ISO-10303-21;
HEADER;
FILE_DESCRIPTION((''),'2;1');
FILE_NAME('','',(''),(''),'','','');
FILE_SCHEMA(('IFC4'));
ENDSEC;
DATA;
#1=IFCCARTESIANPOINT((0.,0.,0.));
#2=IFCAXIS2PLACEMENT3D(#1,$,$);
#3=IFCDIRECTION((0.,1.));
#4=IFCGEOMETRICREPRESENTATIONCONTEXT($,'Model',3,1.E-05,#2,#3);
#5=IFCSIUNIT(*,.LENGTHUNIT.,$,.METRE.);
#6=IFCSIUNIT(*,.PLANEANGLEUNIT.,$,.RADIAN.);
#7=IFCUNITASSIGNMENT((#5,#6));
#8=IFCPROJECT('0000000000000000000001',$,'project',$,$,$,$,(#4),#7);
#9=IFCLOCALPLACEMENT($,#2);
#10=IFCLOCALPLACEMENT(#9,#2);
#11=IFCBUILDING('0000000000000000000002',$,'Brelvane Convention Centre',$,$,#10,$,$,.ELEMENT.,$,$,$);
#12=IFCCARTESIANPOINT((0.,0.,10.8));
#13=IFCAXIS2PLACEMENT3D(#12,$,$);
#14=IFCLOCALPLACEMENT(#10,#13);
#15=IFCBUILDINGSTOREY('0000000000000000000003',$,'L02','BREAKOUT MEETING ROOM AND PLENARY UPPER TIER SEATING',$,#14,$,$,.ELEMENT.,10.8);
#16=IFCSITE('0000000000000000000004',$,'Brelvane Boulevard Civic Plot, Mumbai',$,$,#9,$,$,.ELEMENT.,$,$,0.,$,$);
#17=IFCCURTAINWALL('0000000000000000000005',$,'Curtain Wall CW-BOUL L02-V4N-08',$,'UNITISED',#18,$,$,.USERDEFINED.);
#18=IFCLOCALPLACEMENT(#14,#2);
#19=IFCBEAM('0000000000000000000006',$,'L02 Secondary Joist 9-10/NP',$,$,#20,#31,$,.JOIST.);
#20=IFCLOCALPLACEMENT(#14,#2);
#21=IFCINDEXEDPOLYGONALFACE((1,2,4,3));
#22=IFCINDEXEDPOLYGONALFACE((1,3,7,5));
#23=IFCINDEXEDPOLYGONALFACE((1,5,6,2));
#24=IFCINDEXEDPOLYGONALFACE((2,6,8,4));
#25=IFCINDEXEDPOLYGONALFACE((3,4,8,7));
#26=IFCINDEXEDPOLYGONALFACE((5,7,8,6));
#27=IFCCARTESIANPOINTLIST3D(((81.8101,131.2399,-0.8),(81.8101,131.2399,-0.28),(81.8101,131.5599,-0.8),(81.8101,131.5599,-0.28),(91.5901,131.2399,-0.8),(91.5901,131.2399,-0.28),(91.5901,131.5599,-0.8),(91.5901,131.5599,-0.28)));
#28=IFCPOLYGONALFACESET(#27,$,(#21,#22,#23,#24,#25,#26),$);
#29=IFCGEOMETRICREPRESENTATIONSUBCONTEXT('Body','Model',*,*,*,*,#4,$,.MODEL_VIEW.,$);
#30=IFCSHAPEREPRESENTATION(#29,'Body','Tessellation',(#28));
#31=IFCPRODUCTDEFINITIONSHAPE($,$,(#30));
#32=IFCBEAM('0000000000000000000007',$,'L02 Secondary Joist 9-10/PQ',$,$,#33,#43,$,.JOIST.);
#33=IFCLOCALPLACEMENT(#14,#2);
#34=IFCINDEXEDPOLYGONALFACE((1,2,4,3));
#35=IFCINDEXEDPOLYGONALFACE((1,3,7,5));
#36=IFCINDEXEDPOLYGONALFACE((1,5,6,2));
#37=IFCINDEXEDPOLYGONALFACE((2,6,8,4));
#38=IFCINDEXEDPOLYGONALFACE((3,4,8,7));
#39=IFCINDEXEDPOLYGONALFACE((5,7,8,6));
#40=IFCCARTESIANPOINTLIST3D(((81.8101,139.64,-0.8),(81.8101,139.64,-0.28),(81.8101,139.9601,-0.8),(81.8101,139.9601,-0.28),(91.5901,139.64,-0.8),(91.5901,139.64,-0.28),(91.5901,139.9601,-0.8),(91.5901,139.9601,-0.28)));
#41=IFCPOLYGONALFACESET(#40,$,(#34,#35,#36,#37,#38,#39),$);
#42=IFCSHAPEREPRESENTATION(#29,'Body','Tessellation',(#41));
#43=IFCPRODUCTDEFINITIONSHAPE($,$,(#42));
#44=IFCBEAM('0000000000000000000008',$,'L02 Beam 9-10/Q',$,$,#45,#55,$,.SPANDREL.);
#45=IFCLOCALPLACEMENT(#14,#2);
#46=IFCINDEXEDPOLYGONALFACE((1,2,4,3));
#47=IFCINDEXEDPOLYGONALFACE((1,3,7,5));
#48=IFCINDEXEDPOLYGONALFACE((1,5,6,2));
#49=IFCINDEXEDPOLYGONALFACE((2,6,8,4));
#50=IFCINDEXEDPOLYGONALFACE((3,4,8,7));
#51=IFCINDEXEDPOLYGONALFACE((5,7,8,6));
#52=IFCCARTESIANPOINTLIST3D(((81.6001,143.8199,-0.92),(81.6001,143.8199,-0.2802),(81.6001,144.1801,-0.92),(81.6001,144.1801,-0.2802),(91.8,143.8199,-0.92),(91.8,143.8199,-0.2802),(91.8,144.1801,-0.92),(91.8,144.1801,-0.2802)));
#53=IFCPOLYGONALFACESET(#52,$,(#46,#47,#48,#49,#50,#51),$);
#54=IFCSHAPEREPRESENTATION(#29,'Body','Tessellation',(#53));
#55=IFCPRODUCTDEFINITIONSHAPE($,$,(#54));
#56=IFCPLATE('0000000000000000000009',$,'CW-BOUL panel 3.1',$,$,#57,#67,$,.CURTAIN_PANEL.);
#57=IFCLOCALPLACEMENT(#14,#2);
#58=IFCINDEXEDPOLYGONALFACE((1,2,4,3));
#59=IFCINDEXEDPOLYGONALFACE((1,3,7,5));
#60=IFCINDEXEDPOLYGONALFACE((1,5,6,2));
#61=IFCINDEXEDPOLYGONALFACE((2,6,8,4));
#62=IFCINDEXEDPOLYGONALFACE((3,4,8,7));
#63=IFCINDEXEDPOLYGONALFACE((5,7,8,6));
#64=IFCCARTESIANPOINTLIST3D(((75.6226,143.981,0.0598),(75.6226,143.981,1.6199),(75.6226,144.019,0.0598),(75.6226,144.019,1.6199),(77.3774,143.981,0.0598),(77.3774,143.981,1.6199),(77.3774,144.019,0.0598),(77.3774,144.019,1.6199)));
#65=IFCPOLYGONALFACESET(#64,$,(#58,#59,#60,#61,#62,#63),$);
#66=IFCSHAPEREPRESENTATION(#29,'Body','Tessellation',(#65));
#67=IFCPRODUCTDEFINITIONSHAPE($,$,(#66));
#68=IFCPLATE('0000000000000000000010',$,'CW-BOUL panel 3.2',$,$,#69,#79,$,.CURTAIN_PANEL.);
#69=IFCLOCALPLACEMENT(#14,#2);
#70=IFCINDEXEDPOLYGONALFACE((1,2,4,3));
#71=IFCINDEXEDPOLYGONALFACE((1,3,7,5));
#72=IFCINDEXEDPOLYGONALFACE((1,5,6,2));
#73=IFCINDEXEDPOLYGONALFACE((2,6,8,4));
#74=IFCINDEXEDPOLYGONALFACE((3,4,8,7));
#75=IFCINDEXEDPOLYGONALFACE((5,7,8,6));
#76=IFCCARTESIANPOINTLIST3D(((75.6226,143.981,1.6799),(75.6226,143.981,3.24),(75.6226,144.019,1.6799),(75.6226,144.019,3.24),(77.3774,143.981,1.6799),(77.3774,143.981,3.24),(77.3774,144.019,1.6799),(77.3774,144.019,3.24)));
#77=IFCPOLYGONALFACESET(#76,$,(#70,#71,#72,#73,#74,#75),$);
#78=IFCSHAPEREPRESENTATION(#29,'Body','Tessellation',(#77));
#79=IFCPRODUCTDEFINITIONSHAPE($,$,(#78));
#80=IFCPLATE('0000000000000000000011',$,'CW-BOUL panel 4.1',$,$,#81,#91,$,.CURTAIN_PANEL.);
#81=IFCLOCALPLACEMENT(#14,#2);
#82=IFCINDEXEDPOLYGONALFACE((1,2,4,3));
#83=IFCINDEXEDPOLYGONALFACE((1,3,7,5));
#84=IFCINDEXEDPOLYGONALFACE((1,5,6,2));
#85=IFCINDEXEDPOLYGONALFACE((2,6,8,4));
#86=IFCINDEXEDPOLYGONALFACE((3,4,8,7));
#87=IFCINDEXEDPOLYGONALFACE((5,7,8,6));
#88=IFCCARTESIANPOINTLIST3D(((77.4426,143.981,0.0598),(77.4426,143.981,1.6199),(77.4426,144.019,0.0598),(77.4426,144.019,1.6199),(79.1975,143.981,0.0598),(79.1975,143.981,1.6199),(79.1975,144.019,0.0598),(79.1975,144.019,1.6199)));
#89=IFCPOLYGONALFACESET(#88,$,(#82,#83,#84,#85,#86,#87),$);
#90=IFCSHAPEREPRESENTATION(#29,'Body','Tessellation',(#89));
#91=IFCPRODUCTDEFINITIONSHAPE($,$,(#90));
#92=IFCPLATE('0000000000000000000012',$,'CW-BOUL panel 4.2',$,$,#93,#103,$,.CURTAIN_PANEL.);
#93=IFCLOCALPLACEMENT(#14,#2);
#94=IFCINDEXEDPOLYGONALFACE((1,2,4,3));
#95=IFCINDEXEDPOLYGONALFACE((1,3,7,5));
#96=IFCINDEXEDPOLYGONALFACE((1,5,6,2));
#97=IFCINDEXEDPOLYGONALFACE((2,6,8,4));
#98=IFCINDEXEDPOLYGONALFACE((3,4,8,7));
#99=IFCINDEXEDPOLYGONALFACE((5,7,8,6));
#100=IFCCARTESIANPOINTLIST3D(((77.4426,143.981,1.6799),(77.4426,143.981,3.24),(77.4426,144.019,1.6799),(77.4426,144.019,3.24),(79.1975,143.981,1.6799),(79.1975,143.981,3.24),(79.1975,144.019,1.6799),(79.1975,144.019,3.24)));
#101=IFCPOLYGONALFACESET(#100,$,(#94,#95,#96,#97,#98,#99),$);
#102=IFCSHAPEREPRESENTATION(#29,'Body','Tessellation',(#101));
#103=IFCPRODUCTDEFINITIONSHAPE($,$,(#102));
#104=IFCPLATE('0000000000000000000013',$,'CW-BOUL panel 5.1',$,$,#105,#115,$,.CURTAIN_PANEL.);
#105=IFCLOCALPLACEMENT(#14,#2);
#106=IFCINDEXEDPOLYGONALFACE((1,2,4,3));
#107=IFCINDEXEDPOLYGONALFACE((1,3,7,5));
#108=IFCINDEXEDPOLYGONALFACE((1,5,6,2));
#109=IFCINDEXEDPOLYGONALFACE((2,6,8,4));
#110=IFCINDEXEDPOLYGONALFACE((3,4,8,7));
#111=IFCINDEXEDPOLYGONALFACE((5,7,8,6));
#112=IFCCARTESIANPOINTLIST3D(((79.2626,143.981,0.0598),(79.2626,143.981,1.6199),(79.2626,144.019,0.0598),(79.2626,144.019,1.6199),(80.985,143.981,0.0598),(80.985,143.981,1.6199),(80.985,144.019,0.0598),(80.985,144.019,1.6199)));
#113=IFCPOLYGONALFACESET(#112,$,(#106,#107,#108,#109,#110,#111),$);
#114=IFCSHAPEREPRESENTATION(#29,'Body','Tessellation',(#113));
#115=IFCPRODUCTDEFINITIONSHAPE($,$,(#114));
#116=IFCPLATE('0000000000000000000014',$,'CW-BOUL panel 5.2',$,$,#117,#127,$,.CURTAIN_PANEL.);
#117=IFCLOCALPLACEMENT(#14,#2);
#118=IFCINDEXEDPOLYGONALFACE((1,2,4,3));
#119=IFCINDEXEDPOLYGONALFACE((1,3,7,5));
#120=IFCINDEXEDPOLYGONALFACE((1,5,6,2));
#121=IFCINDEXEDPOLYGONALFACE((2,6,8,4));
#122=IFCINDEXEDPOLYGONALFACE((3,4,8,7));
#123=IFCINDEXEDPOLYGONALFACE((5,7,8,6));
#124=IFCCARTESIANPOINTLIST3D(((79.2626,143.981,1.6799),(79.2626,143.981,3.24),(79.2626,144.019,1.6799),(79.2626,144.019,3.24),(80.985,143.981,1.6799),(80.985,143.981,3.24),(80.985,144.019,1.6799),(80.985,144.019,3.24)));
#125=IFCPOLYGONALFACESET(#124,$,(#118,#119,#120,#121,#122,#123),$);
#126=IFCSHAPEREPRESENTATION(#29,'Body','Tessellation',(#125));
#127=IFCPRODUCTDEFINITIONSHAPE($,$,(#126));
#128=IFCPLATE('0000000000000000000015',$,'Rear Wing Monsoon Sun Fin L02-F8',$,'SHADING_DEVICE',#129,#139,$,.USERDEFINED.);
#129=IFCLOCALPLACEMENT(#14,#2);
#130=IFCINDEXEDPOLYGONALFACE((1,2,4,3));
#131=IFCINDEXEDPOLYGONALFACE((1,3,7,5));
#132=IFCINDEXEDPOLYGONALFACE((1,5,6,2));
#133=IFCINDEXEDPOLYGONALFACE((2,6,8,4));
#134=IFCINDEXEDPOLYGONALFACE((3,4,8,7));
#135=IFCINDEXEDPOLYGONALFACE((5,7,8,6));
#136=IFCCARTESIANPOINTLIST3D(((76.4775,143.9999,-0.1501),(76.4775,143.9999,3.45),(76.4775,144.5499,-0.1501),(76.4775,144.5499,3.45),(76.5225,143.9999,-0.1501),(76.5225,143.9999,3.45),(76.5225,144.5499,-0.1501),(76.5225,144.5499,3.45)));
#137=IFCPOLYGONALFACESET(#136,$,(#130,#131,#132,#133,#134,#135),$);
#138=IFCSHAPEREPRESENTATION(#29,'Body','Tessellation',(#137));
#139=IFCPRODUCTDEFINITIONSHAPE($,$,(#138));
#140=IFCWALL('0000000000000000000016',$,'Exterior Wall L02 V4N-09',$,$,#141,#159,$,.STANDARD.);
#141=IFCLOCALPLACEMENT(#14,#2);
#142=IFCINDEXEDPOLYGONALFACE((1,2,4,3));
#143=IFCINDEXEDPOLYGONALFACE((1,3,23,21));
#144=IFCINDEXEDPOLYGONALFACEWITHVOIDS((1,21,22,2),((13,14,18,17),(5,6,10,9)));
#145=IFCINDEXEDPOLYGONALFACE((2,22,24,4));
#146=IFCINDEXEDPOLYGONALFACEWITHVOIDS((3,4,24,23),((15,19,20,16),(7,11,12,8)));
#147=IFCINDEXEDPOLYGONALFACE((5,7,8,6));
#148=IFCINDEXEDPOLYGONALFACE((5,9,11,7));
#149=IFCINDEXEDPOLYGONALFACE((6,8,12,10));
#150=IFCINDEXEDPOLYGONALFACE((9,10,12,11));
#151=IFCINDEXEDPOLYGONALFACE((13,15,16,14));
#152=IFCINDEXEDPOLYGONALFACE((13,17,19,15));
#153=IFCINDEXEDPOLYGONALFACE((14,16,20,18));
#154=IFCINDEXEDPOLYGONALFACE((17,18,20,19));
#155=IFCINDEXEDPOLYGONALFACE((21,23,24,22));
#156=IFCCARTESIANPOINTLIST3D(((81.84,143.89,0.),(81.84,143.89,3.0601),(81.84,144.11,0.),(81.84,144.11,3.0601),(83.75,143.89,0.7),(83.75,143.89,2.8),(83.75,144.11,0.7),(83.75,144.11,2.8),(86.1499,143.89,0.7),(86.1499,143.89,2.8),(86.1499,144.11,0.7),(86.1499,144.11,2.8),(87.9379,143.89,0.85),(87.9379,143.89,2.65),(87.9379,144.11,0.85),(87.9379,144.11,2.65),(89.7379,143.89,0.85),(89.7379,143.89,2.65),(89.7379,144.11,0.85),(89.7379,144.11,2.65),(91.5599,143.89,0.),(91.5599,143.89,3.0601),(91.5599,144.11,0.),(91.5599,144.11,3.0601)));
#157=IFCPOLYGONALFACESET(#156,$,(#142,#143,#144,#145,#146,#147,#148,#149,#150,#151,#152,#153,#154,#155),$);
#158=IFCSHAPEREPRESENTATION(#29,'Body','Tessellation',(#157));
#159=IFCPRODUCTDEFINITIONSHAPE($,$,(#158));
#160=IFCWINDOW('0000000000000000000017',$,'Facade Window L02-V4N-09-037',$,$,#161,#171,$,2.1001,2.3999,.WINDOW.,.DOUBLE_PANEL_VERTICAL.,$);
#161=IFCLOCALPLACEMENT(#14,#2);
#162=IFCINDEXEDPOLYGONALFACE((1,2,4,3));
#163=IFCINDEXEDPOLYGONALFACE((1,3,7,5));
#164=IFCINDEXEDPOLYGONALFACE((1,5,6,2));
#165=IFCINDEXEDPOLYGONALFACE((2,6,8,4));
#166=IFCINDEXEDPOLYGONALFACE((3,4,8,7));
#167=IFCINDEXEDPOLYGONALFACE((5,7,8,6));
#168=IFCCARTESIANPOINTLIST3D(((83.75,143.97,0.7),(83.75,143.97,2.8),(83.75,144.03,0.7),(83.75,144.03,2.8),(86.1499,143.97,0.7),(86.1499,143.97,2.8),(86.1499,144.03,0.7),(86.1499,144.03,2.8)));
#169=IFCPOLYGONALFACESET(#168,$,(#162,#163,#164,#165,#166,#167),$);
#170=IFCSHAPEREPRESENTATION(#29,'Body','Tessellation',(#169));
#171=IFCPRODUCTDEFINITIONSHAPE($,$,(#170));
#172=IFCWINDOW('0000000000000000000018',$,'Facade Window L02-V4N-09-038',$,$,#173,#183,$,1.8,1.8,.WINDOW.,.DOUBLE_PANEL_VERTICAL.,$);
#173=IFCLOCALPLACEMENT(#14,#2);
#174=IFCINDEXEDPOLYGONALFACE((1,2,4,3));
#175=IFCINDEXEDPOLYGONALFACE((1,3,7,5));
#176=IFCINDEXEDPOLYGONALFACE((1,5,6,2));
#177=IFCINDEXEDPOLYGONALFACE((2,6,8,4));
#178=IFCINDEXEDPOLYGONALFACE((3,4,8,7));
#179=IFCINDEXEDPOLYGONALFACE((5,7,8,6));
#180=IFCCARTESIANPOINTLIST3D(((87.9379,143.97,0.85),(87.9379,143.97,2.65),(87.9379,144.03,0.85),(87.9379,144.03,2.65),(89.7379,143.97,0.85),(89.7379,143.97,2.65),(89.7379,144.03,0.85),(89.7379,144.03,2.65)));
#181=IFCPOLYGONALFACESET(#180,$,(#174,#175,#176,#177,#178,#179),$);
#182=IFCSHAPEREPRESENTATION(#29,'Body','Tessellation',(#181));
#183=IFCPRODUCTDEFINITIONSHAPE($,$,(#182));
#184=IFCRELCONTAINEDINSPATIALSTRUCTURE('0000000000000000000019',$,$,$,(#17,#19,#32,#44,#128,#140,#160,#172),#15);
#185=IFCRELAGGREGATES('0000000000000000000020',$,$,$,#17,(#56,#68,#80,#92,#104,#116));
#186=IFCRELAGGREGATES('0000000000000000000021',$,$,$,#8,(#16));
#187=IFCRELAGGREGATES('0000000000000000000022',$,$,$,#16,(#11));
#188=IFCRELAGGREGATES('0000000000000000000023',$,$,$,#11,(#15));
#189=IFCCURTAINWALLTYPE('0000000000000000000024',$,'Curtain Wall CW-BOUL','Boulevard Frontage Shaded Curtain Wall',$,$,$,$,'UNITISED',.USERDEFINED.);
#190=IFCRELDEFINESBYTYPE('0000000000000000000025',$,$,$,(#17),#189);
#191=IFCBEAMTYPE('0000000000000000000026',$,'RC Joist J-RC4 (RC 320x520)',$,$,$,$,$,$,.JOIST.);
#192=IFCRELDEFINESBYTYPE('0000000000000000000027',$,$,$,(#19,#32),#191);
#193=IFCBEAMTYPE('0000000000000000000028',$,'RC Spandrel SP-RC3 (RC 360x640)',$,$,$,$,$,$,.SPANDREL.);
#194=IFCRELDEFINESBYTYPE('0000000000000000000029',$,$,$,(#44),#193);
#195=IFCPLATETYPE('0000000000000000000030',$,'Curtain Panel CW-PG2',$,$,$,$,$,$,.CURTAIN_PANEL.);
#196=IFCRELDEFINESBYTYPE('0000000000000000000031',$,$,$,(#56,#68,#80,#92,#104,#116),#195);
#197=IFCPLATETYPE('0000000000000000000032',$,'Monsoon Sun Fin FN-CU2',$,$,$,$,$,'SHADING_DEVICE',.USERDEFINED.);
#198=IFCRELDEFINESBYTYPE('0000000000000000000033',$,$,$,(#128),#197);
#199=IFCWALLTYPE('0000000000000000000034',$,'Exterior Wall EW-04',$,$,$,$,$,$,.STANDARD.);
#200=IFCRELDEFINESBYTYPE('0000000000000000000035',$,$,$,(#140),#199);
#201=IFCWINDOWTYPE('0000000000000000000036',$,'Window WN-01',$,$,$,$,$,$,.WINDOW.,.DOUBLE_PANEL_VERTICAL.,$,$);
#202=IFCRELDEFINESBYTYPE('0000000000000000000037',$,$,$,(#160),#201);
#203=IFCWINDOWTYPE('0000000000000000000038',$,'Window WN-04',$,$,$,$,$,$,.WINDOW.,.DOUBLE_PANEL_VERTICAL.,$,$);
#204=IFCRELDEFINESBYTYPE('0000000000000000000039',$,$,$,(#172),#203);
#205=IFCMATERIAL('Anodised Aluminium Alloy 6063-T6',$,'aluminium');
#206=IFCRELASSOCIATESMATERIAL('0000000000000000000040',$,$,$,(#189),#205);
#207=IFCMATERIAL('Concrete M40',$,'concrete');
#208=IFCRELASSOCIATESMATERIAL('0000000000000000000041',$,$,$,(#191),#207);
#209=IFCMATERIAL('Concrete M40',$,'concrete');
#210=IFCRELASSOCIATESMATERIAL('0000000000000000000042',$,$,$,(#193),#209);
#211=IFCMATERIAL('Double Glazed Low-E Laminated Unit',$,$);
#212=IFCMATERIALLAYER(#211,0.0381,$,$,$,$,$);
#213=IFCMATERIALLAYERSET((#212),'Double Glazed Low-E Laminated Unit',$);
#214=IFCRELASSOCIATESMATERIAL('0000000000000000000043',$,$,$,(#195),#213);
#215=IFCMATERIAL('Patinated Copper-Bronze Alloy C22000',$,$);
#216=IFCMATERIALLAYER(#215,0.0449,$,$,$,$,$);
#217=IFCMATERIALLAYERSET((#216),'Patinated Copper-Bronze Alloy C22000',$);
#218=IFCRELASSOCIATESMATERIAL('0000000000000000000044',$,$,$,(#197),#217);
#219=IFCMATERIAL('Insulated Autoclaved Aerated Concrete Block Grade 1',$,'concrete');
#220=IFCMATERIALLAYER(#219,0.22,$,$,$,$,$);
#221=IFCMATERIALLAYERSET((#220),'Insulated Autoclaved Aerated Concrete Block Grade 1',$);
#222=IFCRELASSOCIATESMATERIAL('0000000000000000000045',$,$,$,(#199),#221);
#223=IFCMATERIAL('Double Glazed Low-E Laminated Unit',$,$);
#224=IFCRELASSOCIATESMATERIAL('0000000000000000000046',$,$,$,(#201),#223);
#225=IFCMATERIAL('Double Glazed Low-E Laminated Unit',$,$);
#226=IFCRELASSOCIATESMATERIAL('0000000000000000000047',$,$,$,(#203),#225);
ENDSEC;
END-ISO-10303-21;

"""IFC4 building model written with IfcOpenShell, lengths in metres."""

from ifc_helpers import new_model, si_unit, direction, frame, frame_2d, origin, origin_2d, place, context, subcontext, project, spatial, rectangle, extrude, material, layer, layer_set, material_profile, profile_set, type_object, element, fill, aggregate, save


model = new_model("IFC4")

# Units and contexts
model_context = context("Model", 3, precision=1e-05, world=origin(), true_north=direction((0.0, 1.0)))
body_context = subcontext(model_context, "Body", "Model", "MODEL_VIEW")
ifc_project = project(units=[si_unit("LENGTHUNIT", "METRE"), si_unit("PLANEANGLEUNIT", "RADIAN")], contexts=[model_context])

# Site, building, storey
site_placement = place(None, origin())
site = spatial("IfcSite", under=ifc_project, at=site_placement, Name="Brelvane Boulevard Civic Plot, Mumbai", CompositionType="ELEMENT", RefElevation=0.0)
building_placement = place(site_placement, origin())
building = spatial("IfcBuilding", under=site, at=building_placement, Name="Brelvane Convention Centre", CompositionType="ELEMENT")
storey_placement = place(building_placement, frame((0.0, 0.0, 10.8)))
storey = spatial("IfcBuildingStorey", under=building, at=storey_placement, Name="L02", Description="BREAKOUT MEETING ROOM AND PLENARY UPPER TIER SEATING", CompositionType="ELEMENT", Elevation=10.8)

# Curtain wall
ifc_material_1 = material(Name="Anodised Aluminium Alloy 6063-T6", Category="aluminium")
curtain_wall_type = type_object("IfcCurtainWallType", Name="Curtain Wall CW-BOUL", Description="Boulevard Frontage Shaded Curtain Wall", ElementType="UNITISED", PredefinedType="USERDEFINED", material=ifc_material_1)
curtain_wall_placement = place(storey_placement, origin())
curtain_wall = element("IfcCurtainWall", 1, at=curtain_wall_placement, inside=storey, type_object=curtain_wall_type, Name="Curtain Wall CW-BOUL L02-V4N-08", ObjectType="UNITISED", PredefinedType="USERDEFINED")

# Beams
ifc_material_2 = material(Name="Concrete M40", Category="concrete")
ifc_material_profile_1 = material_profile(ifc_material_2, rectangle(XDim=0.3201, YDim=0.52, at=origin_2d()), Name="RC 320x520")
ifc_profile_set_1 = profile_set([ifc_material_profile_1], Name="Concrete M40")
beam_type_1 = type_object("IfcBeamType", Name="RC Joist J-RC4 (RC 320x520)", PredefinedType="JOIST", material=ifc_profile_set_1)
for number, where, z_axis, x_axis, name in (
    (2, (81.8101, 131.3999, -0.54), (1.0, 0.0, 0.0), (0.0, 1.0, 0.0), "L02 Secondary Joist 9-10/NP"),
    (3, (81.8101, 139.8, -0.54), (1.0, 0.0, 0.0), (0.0, 1.0, 0.0), "L02 Secondary Joist 9-10/PQ"),
):
    element("IfcBeam", number, at=place(storey_placement, frame(where, z_axis=z_axis, x_axis=x_axis)), inside=storey, type_object=beam_type_1, Name=name, PredefinedType="JOIST", context=body_context, shape_type="SweptSolid", body=[
        extrude(rectangle(XDim=0.3201, YDim=0.52, at=origin_2d()), origin(), (0.0, 0.0, 1.0), 9.78),
    ])
ifc_material_3 = material(Name="Concrete M40", Category="concrete")
ifc_material_profile_2 = material_profile(ifc_material_3, rectangle(XDim=0.3601, YDim=0.6399, at=origin_2d()), Name="RC 360x640")
ifc_profile_set_2 = profile_set([ifc_material_profile_2], Name="Concrete M40")
beam_type_2 = type_object("IfcBeamType", Name="RC Spandrel SP-RC3 (RC 360x640)", PredefinedType="SPANDREL", material=ifc_profile_set_2)
beam_1_placement = place(storey_placement, frame((81.6001, 144.0, -0.6001), z_axis=(1.0, 0.0, 0.0), x_axis=(0.0, 1.0, 0.0)))
element("IfcBeam", 4, at=beam_1_placement, inside=storey, type_object=beam_type_2, Name="L02 Beam 9-10/Q", PredefinedType="SPANDREL", context=body_context, shape_type="SweptSolid", body=[
    extrude(rectangle(XDim=0.3601, YDim=0.6399, at=origin_2d()), origin(), (0.0, 0.0, 1.0), 10.2),
])

# Plates
ifc_material_4 = material(Name="Double Glazed Low-E Laminated Unit")
ifc_layer_1 = layer(ifc_material_4, 0.0381)
ifc_layer_set_1 = layer_set([ifc_layer_1], Name="Double Glazed Low-E Laminated Unit")
plate_type_1 = type_object("IfcPlateType", Name="Curtain Panel CW-PG2", PredefinedType="CURTAIN_PANEL", material=ifc_layer_set_1)
plate_1_placement = place(storey_placement, frame((76.5, 144.0, 0.0598), z_axis=(0.0, 0.0, 1.0), x_axis=(1.0, 0.0, 0.0)))
plate_1 = element("IfcPlate", 5, at=plate_1_placement, type_object=plate_type_1, Name="CW-BOUL panel 3.1", PredefinedType="CURTAIN_PANEL", context=body_context, shape_type="SweptSolid", body=[
    extrude(rectangle(XDim=1.7549, YDim=0.0381, at=origin_2d()), origin(), (0.0, 0.0, 1.0), 1.5601),
])
plate_2_placement = place(storey_placement, frame((76.5, 144.0, 1.6799), z_axis=(0.0, 0.0, 1.0), x_axis=(1.0, 0.0, 0.0)))
plate_2 = element("IfcPlate", 6, at=plate_2_placement, type_object=plate_type_1, Name="CW-BOUL panel 3.2", PredefinedType="CURTAIN_PANEL", context=body_context, shape_type="SweptSolid", body=[
    extrude(rectangle(XDim=1.7549, YDim=0.0381, at=origin_2d()), origin(), (0.0, 0.0, 1.0), 1.5601),
])
plate_3_placement = place(storey_placement, frame((78.3201, 144.0, 0.0598), z_axis=(0.0, 0.0, 1.0), x_axis=(1.0, 0.0, 0.0)))
plate_3 = element("IfcPlate", 7, at=plate_3_placement, type_object=plate_type_1, Name="CW-BOUL panel 4.1", PredefinedType="CURTAIN_PANEL", context=body_context, shape_type="SweptSolid", body=[
    extrude(rectangle(XDim=1.7549, YDim=0.0381, at=origin_2d()), origin(), (0.0, 0.0, 1.0), 1.5601),
])
plate_4_placement = place(storey_placement, frame((78.3201, 144.0, 1.6799), z_axis=(0.0, 0.0, 1.0), x_axis=(1.0, 0.0, 0.0)))
plate_4 = element("IfcPlate", 8, at=plate_4_placement, type_object=plate_type_1, Name="CW-BOUL panel 4.2", PredefinedType="CURTAIN_PANEL", context=body_context, shape_type="SweptSolid", body=[
    extrude(rectangle(XDim=1.7549, YDim=0.0381, at=origin_2d()), origin(), (0.0, 0.0, 1.0), 1.5601),
])
plate_5_placement = place(storey_placement, frame((80.1238, 144.0, 0.0598), z_axis=(0.0, 0.0, 1.0), x_axis=(1.0, 0.0, 0.0)))
plate_5 = element("IfcPlate", 9, at=plate_5_placement, type_object=plate_type_1, Name="CW-BOUL panel 5.1", PredefinedType="CURTAIN_PANEL", context=body_context, shape_type="SweptSolid", body=[
    extrude(rectangle(XDim=1.7224, YDim=0.0381, at=origin_2d()), origin(), (0.0, 0.0, 1.0), 1.5601),
])
plate_6_placement = place(storey_placement, frame((80.1238, 144.0, 1.6799), z_axis=(0.0, 0.0, 1.0), x_axis=(1.0, 0.0, 0.0)))
plate_6 = element("IfcPlate", 10, at=plate_6_placement, type_object=plate_type_1, Name="CW-BOUL panel 5.2", PredefinedType="CURTAIN_PANEL", context=body_context, shape_type="SweptSolid", body=[
    extrude(rectangle(XDim=1.7224, YDim=0.0381, at=origin_2d()), origin(), (0.0, 0.0, 1.0), 1.5601),
])
aggregate(curtain_wall, [plate_1, plate_2, plate_3, plate_4, plate_5, plate_6])
ifc_material_5 = material(Name="Patinated Copper-Bronze Alloy C22000")
ifc_layer_2 = layer(ifc_material_5, 0.0449)
ifc_layer_set_2 = layer_set([ifc_layer_2], Name="Patinated Copper-Bronze Alloy C22000")
plate_type_2 = type_object("IfcPlateType", Name="Monsoon Sun Fin FN-CU2", ElementType="SHADING_DEVICE", PredefinedType="USERDEFINED", material=ifc_layer_set_2)
plate_7_placement = place(storey_placement, frame((76.5, 144.2749, -0.1501), z_axis=(0.0, 0.0, 1.0), x_axis=(1.0, 0.0, 0.0)))
element("IfcPlate", 11, at=plate_7_placement, inside=storey, type_object=plate_type_2, Name="Rear Wing Monsoon Sun Fin L02-F8", ObjectType="SHADING_DEVICE", PredefinedType="USERDEFINED", context=body_context, shape_type="SweptSolid", body=[
    extrude(rectangle(XDim=0.0449, YDim=0.55, at=origin_2d()), origin(), (0.0, 0.0, 1.0), 3.6001),
])

# Wall, openings, windows
ifc_material_6 = material(Name="Insulated Autoclaved Aerated Concrete Block Grade 1", Category="concrete")
ifc_layer_3 = layer(ifc_material_6, 0.22)
ifc_layer_set_3 = layer_set([ifc_layer_3], Name="Insulated Autoclaved Aerated Concrete Block Grade 1")
wall_type = type_object("IfcWallType", Name="Exterior Wall EW-04", PredefinedType="STANDARD", material=ifc_layer_set_3)
wall_placement = place(storey_placement, frame((81.8401, 144.0, 0.0), z_axis=(0.0, 0.0, 1.0), x_axis=(1.0, 0.0, 0.0)))
wall = element("IfcWall", 12, at=wall_placement, inside=storey, type_object=wall_type, Name="Exterior Wall L02 V4N-09", PredefinedType="STANDARD", context=body_context, shape_type="SweptSolid", body=[
    extrude(rectangle(XDim=9.72, YDim=0.22, at=frame_2d((4.8599, 0.0))), origin(), (0.0, 0.0, 1.0), 3.0601),
])
opening_1_placement = place(wall_placement, frame((1.9099, 0.0, 0.7)))
opening_1 = element("IfcOpeningElement", 13, at=opening_1_placement, cuts=wall, PredefinedType="OPENING", context=body_context, shape_type="SweptSolid", body=[
    extrude(rectangle(XDim=2.3999, YDim=2.1001, at=frame_2d((1.2, 1.05))), frame((0.0, 0.1199, 0.0), z_axis=(0.0, -1.0, 0.0), x_axis=(1.0, 0.0, 0.0)), (0.0, 0.0, 1.0), 0.24),
])
opening_2_placement = place(wall_placement, frame((6.0979, 0.0, 0.8501)))
opening_2 = element("IfcOpeningElement", 14, at=opening_2_placement, cuts=wall, PredefinedType="OPENING", context=body_context, shape_type="SweptSolid", body=[
    extrude(rectangle(XDim=1.8, YDim=1.8, at=frame_2d((0.8999, 0.8999))), frame((0.0, 0.1199, 0.0), z_axis=(0.0, -1.0, 0.0), x_axis=(1.0, 0.0, 0.0)), (0.0, 0.0, 1.0), 0.24),
])
ifc_material_7 = material(Name="Double Glazed Low-E Laminated Unit")
window_type_1 = type_object("IfcWindowType", Name="Window WN-01", PartitioningType="DOUBLE_PANEL_VERTICAL", PredefinedType="WINDOW", material=ifc_material_7)
window_1_placement = place(opening_1_placement, origin())
window_1 = element("IfcWindow", 15, at=window_1_placement, inside=storey, type_object=window_type_1, Name="Facade Window L02-V4N-09-037", OverallHeight=2.1001, OverallWidth=2.3999, PartitioningType="DOUBLE_PANEL_VERTICAL", PredefinedType="WINDOW", context=body_context, shape_type="SweptSolid", body=[
    extrude(rectangle(XDim=2.3999, YDim=2.1001, at=frame_2d((1.2, 1.05))), frame((0.0, 0.03, 0.0), z_axis=(0.0, -1.0, 0.0), x_axis=(1.0, 0.0, 0.0)), (0.0, 0.0, 1.0), 0.0601),
])
fill(opening_1, window_1)
ifc_material_8 = material(Name="Double Glazed Low-E Laminated Unit")
window_type_2 = type_object("IfcWindowType", Name="Window WN-04", PartitioningType="DOUBLE_PANEL_VERTICAL", PredefinedType="WINDOW", material=ifc_material_8)
window_2_placement = place(opening_2_placement, origin())
window_2 = element("IfcWindow", 16, at=window_2_placement, inside=storey, type_object=window_type_2, Name="Facade Window L02-V4N-09-038", OverallHeight=1.8, OverallWidth=1.8, PartitioningType="DOUBLE_PANEL_VERTICAL", PredefinedType="WINDOW", context=body_context, shape_type="SweptSolid", body=[
    extrude(rectangle(XDim=1.8, YDim=1.8, at=frame_2d((0.8999, 0.8999))), frame((0.0, 0.03, 0.0), z_axis=(0.0, -1.0, 0.0), x_axis=(1.0, 0.0, 0.0)), (0.0, 0.0, 1.0), 0.0601),
])
fill(opening_2, window_2)

save(model, "model.ifc")
